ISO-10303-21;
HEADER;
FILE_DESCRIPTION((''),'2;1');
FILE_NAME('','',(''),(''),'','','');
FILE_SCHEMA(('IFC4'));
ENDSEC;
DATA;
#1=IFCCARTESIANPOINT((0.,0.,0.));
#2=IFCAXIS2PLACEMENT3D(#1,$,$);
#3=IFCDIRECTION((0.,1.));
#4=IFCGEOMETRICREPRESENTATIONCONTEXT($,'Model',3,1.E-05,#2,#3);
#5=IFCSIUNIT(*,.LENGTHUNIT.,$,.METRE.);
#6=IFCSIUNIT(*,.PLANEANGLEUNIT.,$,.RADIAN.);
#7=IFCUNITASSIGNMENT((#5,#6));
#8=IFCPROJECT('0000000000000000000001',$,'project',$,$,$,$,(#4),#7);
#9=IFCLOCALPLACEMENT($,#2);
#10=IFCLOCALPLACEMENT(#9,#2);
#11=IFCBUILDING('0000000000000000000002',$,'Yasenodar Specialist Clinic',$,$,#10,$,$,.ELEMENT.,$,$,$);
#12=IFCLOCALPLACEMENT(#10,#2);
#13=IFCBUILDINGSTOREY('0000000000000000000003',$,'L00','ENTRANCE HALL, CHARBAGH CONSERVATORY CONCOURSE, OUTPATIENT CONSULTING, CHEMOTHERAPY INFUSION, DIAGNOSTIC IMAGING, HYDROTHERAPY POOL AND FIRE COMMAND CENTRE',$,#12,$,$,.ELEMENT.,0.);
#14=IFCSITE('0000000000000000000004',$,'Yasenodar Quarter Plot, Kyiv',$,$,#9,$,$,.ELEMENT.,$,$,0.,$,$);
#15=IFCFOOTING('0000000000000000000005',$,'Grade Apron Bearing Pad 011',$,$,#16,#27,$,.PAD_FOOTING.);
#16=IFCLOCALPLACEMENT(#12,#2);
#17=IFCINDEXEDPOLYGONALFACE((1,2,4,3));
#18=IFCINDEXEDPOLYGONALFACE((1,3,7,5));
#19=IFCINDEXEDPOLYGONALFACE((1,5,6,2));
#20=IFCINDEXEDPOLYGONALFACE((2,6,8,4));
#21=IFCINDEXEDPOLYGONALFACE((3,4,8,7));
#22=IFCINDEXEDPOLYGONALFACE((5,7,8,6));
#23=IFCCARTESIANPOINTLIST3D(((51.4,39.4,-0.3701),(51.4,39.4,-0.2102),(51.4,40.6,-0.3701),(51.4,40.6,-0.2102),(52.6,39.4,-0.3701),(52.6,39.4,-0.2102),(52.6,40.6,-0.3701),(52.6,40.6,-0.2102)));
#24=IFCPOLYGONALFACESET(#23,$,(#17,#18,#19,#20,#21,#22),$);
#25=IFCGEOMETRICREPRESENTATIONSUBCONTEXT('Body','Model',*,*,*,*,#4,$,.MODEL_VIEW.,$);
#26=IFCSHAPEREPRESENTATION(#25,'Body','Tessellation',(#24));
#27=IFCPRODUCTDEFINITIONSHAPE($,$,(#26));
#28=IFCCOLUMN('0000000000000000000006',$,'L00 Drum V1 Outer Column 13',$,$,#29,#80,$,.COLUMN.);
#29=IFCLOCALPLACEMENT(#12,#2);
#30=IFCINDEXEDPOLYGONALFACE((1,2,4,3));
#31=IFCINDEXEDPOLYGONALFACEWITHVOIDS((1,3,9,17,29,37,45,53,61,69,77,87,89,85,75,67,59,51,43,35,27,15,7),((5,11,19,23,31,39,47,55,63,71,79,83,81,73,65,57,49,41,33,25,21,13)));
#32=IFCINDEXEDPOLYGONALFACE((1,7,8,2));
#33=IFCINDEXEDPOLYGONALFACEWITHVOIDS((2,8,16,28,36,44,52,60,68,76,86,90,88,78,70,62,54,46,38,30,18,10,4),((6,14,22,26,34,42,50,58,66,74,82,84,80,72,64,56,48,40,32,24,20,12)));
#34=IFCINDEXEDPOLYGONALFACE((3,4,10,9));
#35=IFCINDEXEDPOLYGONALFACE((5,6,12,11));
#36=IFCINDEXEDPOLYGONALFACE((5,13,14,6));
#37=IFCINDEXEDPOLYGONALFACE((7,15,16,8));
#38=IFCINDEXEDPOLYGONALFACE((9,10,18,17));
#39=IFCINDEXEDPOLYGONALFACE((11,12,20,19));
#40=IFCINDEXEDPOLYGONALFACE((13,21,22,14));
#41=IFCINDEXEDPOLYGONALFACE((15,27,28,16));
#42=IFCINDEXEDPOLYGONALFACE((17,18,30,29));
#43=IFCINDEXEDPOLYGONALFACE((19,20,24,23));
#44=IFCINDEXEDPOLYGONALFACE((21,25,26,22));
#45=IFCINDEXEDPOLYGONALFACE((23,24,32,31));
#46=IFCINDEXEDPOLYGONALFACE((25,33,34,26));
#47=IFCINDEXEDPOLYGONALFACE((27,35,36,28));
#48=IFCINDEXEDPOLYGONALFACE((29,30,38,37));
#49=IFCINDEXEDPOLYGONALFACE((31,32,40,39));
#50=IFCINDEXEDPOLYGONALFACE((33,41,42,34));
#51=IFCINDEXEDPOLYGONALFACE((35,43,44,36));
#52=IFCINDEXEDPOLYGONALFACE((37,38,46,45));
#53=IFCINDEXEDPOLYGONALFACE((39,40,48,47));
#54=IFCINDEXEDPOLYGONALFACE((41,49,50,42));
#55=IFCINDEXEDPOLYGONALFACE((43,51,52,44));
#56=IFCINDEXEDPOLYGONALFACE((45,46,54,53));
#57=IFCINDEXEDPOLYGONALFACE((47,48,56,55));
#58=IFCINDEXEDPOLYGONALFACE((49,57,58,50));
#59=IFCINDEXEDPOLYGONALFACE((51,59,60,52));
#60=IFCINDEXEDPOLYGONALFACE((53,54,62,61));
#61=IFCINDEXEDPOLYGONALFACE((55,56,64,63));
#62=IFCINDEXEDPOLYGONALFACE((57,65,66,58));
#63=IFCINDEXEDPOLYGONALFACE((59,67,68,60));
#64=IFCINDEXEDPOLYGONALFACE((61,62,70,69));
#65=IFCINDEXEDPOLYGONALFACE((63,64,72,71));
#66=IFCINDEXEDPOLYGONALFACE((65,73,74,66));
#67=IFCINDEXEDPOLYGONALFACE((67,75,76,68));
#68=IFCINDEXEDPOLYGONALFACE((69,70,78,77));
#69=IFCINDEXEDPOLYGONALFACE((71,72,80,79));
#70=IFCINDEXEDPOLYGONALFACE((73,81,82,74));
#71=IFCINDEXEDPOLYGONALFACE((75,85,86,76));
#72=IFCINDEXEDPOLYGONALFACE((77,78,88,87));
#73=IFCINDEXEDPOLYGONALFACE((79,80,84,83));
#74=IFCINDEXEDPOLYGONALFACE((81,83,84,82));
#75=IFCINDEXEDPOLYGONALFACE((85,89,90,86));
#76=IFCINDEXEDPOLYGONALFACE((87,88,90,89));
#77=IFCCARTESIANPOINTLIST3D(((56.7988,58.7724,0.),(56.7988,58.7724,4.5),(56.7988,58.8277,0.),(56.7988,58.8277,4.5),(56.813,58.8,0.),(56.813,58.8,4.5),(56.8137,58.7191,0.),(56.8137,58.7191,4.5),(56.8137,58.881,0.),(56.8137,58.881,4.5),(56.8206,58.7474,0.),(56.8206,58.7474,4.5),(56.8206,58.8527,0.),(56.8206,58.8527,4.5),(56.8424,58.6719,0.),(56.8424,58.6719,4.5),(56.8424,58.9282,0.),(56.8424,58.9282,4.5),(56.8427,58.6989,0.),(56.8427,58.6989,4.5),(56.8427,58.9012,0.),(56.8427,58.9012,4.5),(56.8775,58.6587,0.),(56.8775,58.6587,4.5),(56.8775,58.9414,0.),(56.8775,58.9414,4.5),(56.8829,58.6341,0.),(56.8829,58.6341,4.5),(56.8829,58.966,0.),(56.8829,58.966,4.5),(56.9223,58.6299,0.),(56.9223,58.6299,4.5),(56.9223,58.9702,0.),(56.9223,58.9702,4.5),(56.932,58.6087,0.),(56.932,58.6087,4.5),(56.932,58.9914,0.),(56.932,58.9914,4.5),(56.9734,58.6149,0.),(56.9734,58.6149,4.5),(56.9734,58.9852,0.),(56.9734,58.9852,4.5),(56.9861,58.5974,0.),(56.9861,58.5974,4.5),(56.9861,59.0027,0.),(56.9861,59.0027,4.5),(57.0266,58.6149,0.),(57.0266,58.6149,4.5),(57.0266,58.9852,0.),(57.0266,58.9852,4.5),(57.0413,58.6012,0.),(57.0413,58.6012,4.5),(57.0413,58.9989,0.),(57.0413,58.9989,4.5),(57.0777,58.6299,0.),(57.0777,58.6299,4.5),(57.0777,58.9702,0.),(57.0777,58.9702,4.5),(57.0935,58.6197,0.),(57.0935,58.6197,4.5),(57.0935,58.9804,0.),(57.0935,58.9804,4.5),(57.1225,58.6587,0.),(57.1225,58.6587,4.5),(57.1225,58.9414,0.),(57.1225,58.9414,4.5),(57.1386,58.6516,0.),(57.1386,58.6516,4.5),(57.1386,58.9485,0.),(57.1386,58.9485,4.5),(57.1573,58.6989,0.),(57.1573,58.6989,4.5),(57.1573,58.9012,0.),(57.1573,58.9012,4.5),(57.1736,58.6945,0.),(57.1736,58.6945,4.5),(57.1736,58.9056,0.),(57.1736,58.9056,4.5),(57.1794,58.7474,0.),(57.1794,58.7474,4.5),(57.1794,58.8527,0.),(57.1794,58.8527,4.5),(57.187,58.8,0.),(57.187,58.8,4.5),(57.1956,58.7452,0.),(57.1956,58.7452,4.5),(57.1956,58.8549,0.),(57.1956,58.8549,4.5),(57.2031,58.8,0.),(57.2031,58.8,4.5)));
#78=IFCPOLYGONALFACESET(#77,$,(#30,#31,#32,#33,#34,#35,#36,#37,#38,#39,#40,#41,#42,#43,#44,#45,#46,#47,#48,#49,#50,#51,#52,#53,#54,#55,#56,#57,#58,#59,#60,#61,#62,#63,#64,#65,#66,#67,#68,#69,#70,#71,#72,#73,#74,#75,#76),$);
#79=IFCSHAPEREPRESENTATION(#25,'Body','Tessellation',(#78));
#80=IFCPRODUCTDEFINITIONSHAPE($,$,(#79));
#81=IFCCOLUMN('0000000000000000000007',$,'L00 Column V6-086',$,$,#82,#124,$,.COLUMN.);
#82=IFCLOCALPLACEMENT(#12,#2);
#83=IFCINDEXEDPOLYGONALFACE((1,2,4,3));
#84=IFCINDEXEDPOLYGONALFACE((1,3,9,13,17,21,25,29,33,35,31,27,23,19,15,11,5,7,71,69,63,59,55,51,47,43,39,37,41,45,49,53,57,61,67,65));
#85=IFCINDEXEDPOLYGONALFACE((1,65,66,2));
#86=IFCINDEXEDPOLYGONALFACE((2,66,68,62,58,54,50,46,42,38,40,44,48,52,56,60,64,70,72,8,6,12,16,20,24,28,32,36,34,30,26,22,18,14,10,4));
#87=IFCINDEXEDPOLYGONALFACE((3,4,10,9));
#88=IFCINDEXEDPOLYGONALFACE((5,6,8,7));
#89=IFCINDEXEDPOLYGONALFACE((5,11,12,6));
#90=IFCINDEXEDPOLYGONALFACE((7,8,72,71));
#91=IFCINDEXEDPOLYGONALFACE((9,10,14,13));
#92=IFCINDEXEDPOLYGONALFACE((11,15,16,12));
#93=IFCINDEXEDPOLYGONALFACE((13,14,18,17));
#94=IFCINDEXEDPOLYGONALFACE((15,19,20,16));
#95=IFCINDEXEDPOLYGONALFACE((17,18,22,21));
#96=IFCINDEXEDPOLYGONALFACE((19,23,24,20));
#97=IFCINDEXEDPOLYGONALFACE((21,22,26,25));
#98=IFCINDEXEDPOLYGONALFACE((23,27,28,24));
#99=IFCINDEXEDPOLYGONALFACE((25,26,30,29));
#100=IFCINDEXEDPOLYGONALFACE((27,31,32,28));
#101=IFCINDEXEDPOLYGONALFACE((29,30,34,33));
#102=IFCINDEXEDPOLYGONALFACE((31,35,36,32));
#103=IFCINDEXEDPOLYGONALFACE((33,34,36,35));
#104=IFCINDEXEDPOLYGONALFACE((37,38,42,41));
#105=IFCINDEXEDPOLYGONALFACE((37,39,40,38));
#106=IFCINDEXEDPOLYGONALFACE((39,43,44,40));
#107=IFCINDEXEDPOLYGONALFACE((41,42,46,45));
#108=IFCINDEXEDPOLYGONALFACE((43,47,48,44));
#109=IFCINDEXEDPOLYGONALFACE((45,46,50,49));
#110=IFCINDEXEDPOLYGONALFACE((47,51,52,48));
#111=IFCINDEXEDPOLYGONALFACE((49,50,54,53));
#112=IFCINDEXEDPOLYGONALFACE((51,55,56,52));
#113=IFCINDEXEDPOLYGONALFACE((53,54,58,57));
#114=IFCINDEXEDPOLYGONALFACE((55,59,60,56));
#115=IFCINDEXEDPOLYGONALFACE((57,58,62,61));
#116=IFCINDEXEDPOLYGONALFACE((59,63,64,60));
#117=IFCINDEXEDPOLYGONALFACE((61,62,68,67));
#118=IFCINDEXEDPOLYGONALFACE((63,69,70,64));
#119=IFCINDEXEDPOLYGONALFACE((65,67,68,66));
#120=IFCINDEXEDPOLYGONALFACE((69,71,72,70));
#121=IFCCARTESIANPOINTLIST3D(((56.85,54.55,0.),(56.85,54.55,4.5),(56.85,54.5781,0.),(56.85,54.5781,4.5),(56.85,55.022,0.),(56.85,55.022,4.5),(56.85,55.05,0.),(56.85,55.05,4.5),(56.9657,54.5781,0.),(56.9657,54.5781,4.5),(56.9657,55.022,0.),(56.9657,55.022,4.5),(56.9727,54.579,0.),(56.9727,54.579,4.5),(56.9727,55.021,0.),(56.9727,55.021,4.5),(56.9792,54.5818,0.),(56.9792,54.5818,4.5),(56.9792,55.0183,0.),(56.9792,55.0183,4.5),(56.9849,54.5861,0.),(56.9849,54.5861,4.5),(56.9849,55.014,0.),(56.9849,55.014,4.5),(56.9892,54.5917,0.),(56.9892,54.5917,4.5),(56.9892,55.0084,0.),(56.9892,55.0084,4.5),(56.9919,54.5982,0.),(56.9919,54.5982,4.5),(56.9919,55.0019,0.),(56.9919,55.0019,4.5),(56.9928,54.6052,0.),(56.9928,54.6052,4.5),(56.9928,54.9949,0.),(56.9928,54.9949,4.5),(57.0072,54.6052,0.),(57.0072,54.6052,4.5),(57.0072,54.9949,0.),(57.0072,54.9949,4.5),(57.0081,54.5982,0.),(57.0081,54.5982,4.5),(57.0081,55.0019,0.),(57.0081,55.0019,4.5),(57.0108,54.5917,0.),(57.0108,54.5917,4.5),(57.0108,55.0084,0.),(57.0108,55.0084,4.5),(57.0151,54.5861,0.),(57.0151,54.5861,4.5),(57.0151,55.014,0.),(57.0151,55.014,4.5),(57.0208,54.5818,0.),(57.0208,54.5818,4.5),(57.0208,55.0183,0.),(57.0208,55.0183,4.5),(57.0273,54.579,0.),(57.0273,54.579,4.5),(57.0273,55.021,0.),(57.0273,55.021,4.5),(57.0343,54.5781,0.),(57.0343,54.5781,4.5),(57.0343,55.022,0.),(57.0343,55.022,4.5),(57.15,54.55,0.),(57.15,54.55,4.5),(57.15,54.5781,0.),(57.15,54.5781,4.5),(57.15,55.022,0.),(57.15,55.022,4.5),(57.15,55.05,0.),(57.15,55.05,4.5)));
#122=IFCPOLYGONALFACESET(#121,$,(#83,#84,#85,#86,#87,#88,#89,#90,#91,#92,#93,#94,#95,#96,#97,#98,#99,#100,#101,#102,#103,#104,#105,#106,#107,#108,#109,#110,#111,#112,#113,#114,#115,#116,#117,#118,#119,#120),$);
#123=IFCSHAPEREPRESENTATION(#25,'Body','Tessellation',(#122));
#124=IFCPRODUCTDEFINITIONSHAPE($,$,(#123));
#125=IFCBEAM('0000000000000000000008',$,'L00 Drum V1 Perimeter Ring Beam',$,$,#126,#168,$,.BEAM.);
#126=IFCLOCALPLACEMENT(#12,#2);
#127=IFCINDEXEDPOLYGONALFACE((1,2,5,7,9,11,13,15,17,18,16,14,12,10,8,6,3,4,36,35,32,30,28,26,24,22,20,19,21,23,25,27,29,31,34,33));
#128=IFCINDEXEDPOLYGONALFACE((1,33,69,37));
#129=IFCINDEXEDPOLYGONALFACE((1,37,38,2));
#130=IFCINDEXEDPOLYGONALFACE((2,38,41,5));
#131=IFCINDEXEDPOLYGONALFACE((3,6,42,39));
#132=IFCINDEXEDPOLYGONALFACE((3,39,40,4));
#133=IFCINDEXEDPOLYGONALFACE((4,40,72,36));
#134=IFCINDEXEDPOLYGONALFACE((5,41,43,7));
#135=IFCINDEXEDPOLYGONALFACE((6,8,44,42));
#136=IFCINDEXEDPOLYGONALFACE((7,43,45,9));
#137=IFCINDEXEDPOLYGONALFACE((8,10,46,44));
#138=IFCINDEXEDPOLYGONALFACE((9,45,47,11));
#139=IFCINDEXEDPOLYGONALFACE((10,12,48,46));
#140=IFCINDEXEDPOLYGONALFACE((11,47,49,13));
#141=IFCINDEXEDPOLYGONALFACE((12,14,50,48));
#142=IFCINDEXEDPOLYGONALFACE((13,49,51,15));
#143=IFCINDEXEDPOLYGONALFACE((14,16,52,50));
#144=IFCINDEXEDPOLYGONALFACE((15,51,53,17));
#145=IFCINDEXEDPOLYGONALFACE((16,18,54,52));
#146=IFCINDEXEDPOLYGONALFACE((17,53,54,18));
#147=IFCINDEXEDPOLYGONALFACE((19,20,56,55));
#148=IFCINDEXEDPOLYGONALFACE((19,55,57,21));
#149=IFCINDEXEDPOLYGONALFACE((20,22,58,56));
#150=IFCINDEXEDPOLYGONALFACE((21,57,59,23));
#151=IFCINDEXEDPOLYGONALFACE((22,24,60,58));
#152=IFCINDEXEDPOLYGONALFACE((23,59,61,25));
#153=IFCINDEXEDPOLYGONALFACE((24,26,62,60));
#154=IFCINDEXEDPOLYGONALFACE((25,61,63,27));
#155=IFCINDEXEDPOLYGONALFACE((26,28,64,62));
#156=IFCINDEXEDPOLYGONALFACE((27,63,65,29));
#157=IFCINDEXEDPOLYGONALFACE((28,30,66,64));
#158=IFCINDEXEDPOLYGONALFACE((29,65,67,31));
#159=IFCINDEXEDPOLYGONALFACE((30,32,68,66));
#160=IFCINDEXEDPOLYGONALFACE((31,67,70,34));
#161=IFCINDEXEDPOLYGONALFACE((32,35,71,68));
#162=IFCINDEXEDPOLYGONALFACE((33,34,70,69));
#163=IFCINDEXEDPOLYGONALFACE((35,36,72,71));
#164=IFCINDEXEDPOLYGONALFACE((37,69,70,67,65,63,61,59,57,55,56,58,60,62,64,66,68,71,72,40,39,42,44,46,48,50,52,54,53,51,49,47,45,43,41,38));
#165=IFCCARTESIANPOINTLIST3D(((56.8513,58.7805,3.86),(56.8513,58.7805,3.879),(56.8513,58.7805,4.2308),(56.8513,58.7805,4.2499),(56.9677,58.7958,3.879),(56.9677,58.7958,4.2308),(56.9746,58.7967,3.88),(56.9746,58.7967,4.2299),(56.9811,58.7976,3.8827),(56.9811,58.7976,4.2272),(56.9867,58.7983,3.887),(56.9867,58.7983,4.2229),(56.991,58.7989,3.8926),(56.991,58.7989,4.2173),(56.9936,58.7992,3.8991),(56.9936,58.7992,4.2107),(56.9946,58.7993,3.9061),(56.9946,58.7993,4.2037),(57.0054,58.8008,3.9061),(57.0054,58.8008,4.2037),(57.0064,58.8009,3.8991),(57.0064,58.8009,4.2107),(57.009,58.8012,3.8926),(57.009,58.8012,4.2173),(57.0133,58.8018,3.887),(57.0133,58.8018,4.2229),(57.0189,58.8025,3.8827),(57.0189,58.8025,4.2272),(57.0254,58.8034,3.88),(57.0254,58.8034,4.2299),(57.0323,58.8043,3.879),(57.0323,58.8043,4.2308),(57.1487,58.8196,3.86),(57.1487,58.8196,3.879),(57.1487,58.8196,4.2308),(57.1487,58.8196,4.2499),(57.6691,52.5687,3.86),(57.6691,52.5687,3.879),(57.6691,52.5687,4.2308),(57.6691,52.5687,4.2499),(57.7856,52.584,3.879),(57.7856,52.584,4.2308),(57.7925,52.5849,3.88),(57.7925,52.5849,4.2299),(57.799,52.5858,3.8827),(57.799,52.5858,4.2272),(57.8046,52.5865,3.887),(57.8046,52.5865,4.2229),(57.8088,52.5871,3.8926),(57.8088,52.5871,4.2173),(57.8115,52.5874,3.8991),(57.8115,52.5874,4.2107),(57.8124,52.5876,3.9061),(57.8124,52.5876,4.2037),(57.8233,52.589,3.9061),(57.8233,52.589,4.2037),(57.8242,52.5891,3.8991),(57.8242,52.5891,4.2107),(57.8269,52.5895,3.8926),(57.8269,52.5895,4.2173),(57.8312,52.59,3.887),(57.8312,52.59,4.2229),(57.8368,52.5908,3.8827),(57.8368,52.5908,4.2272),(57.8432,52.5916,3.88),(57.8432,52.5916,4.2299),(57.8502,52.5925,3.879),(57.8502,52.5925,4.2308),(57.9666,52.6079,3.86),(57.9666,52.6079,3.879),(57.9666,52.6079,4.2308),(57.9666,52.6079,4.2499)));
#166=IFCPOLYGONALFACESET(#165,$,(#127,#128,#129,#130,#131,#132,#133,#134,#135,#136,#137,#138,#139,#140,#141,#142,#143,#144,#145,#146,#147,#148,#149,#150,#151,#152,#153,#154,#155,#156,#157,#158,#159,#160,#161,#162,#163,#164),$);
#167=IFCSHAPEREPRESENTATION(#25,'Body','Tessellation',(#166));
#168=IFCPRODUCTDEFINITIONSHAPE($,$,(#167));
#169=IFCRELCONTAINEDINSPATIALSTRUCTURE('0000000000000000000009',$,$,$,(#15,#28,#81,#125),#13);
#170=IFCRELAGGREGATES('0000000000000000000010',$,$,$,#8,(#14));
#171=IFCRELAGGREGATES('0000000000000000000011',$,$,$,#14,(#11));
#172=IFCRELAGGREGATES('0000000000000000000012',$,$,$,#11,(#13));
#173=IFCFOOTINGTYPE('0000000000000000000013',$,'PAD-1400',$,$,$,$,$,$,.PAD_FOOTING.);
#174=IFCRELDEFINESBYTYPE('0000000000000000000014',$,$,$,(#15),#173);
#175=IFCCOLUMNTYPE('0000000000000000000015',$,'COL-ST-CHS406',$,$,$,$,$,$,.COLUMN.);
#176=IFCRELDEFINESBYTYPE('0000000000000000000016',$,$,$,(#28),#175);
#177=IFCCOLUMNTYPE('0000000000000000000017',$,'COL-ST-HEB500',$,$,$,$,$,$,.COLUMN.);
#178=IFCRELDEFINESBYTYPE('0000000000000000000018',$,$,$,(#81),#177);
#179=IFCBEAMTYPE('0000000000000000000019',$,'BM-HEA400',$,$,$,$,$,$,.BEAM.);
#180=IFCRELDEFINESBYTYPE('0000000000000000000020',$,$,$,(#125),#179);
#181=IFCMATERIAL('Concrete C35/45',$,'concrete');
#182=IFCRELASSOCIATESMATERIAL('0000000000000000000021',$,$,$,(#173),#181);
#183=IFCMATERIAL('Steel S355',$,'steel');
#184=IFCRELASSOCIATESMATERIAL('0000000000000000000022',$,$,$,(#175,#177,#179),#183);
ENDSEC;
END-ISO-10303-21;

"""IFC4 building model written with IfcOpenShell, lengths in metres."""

from ifc_helpers import new_model, si_unit, direction, frame, origin, origin_2d, place, context, subcontext, project, spatial, rectangle, hollow_circle, i_section, extrude, material, material_profile, profile_set, type_object, element, save


model = new_model("IFC4")

# Units and contexts
model_context = context("Model", 3, precision=1e-05, world=origin(), true_north=direction((0.0, 1.0)))
body_context = subcontext(model_context, "Body", "Model", "MODEL_VIEW")
ifc_project = project(units=[si_unit("LENGTHUNIT", "METRE"), si_unit("PLANEANGLEUNIT", "RADIAN")], contexts=[model_context])

# Site, building, storey
site_placement = place(None, origin())
site = spatial("IfcSite", under=ifc_project, at=site_placement, Name="Yasenodar Quarter Plot, Kyiv", CompositionType="ELEMENT", RefElevation=0.0)
building_placement = place(site_placement, origin())
building = spatial("IfcBuilding", under=site, at=building_placement, Name="Yasenodar Specialist Clinic", CompositionType="ELEMENT")
storey_placement = place(building_placement, origin())
storey = spatial("IfcBuildingStorey", under=building, at=storey_placement, Name="L00", Description="ENTRANCE HALL, CHARBAGH CONSERVATORY CONCOURSE, OUTPATIENT CONSULTING, CHEMOTHERAPY INFUSION, DIAGNOSTIC IMAGING, HYDROTHERAPY POOL AND FIRE COMMAND CENTRE", CompositionType="ELEMENT", Elevation=0.0)

# Footing
ifc_material_1 = material(Name="Concrete C35/45", Category="concrete")
footing_type = type_object("IfcFootingType", Name="PAD-1400", PredefinedType="PAD_FOOTING", material=ifc_material_1)
footing_placement = place(storey_placement, frame((52.0, 40.0, -0.3701), z_axis=(0.0, 0.0, 1.0), x_axis=(1.0, 0.0, 0.0)))
element("IfcFooting", 1, at=footing_placement, inside=storey, type_object=footing_type, Name="Grade Apron Bearing Pad 011", PredefinedType="PAD_FOOTING", context=body_context, shape_type="SweptSolid", body=[
    extrude(rectangle(XDim=1.2, YDim=1.2, at=origin_2d()), origin(), (0.0, 0.0, 1.0), 0.1599),
])

# Columns
ifc_material_2 = material(Name="Steel S355", Category="steel")
ifc_material_profile_1 = material_profile(ifc_material_2, hollow_circle(Radius=0.2031, WallThickness=0.0161, at=origin_2d()), Name="CHS 406.4x16")
ifc_profile_set_1 = profile_set([ifc_material_profile_1], Name="Steel S355")
column_type_1 = type_object("IfcColumnType", Name="COL-ST-CHS406", PredefinedType="COLUMN", material=ifc_profile_set_1)
column_1_placement = place(storey_placement, frame((57.0, 58.8, 0.0), z_axis=(0.0, 0.0, 1.0), x_axis=(1.0, 0.0, 0.0)))
element("IfcColumn", 2, at=column_1_placement, inside=storey, type_object=column_type_1, Name="L00 Drum V1 Outer Column 13", PredefinedType="COLUMN", context=body_context, shape_type="SweptSolid", body=[
    extrude(hollow_circle(Radius=0.2031, WallThickness=0.0161, at=origin_2d()), origin(), (0.0, 0.0, 1.0), 4.5),
])
ifc_material_profile_2 = material_profile(ifc_material_2, i_section(OverallWidth=0.3, OverallDepth=0.5, WebThickness=0.0144, FlangeThickness=0.0281, FilletRadius=0.0271, at=origin_2d()), Name="HEB 500")
ifc_profile_set_2 = profile_set([ifc_material_profile_2], Name="Steel S355")
column_type_2 = type_object("IfcColumnType", Name="COL-ST-HEB500", PredefinedType="COLUMN", material=ifc_profile_set_2)
column_2_placement = place(storey_placement, frame((57.0, 54.8, 0.0), z_axis=(0.0, 0.0, 1.0), x_axis=(1.0, 0.0, 0.0)))
element("IfcColumn", 3, at=column_2_placement, inside=storey, type_object=column_type_2, Name="L00 Column V6-086", PredefinedType="COLUMN", context=body_context, shape_type="SweptSolid", body=[
    extrude(i_section(OverallWidth=0.3, OverallDepth=0.5, WebThickness=0.0144, FlangeThickness=0.0281, FilletRadius=0.0271, at=origin_2d()), origin(), (0.0, 0.0, 1.0), 4.5),
])

# Beam
ifc_material_profile_3 = material_profile(ifc_material_2, i_section(OverallWidth=0.3, OverallDepth=0.3899, WebThickness=0.011, FlangeThickness=0.019, FilletRadius=0.0271, at=origin_2d()), Name="HEA 400")
ifc_profile_set_3 = profile_set([ifc_material_profile_3], Name="Steel S355")
beam_type_1 = type_object("IfcBeamType", Name="BM-HEA400", PredefinedType="BEAM", material=ifc_profile_set_3)
beam_1_placement = place(storey_placement, frame((57.0, 58.8, 4.0549), z_axis=(0.13054, -0.991443, 0.0), x_axis=(0.991443, 0.13054, 0.0)))
element("IfcBeam", 4, at=beam_1_placement, inside=storey, type_object=beam_type_1, Name="L00 Drum V1 Perimeter Ring Beam", PredefinedType="BEAM", context=body_context, shape_type="SweptSolid", body=[
    extrude(i_section(OverallWidth=0.3, OverallDepth=0.3899, WebThickness=0.011, FlangeThickness=0.019, FilletRadius=0.0271, at=origin_2d()), origin(), (0.0, 0.0, 1.0), 6.2654),
])

save(model, "model.ifc")
